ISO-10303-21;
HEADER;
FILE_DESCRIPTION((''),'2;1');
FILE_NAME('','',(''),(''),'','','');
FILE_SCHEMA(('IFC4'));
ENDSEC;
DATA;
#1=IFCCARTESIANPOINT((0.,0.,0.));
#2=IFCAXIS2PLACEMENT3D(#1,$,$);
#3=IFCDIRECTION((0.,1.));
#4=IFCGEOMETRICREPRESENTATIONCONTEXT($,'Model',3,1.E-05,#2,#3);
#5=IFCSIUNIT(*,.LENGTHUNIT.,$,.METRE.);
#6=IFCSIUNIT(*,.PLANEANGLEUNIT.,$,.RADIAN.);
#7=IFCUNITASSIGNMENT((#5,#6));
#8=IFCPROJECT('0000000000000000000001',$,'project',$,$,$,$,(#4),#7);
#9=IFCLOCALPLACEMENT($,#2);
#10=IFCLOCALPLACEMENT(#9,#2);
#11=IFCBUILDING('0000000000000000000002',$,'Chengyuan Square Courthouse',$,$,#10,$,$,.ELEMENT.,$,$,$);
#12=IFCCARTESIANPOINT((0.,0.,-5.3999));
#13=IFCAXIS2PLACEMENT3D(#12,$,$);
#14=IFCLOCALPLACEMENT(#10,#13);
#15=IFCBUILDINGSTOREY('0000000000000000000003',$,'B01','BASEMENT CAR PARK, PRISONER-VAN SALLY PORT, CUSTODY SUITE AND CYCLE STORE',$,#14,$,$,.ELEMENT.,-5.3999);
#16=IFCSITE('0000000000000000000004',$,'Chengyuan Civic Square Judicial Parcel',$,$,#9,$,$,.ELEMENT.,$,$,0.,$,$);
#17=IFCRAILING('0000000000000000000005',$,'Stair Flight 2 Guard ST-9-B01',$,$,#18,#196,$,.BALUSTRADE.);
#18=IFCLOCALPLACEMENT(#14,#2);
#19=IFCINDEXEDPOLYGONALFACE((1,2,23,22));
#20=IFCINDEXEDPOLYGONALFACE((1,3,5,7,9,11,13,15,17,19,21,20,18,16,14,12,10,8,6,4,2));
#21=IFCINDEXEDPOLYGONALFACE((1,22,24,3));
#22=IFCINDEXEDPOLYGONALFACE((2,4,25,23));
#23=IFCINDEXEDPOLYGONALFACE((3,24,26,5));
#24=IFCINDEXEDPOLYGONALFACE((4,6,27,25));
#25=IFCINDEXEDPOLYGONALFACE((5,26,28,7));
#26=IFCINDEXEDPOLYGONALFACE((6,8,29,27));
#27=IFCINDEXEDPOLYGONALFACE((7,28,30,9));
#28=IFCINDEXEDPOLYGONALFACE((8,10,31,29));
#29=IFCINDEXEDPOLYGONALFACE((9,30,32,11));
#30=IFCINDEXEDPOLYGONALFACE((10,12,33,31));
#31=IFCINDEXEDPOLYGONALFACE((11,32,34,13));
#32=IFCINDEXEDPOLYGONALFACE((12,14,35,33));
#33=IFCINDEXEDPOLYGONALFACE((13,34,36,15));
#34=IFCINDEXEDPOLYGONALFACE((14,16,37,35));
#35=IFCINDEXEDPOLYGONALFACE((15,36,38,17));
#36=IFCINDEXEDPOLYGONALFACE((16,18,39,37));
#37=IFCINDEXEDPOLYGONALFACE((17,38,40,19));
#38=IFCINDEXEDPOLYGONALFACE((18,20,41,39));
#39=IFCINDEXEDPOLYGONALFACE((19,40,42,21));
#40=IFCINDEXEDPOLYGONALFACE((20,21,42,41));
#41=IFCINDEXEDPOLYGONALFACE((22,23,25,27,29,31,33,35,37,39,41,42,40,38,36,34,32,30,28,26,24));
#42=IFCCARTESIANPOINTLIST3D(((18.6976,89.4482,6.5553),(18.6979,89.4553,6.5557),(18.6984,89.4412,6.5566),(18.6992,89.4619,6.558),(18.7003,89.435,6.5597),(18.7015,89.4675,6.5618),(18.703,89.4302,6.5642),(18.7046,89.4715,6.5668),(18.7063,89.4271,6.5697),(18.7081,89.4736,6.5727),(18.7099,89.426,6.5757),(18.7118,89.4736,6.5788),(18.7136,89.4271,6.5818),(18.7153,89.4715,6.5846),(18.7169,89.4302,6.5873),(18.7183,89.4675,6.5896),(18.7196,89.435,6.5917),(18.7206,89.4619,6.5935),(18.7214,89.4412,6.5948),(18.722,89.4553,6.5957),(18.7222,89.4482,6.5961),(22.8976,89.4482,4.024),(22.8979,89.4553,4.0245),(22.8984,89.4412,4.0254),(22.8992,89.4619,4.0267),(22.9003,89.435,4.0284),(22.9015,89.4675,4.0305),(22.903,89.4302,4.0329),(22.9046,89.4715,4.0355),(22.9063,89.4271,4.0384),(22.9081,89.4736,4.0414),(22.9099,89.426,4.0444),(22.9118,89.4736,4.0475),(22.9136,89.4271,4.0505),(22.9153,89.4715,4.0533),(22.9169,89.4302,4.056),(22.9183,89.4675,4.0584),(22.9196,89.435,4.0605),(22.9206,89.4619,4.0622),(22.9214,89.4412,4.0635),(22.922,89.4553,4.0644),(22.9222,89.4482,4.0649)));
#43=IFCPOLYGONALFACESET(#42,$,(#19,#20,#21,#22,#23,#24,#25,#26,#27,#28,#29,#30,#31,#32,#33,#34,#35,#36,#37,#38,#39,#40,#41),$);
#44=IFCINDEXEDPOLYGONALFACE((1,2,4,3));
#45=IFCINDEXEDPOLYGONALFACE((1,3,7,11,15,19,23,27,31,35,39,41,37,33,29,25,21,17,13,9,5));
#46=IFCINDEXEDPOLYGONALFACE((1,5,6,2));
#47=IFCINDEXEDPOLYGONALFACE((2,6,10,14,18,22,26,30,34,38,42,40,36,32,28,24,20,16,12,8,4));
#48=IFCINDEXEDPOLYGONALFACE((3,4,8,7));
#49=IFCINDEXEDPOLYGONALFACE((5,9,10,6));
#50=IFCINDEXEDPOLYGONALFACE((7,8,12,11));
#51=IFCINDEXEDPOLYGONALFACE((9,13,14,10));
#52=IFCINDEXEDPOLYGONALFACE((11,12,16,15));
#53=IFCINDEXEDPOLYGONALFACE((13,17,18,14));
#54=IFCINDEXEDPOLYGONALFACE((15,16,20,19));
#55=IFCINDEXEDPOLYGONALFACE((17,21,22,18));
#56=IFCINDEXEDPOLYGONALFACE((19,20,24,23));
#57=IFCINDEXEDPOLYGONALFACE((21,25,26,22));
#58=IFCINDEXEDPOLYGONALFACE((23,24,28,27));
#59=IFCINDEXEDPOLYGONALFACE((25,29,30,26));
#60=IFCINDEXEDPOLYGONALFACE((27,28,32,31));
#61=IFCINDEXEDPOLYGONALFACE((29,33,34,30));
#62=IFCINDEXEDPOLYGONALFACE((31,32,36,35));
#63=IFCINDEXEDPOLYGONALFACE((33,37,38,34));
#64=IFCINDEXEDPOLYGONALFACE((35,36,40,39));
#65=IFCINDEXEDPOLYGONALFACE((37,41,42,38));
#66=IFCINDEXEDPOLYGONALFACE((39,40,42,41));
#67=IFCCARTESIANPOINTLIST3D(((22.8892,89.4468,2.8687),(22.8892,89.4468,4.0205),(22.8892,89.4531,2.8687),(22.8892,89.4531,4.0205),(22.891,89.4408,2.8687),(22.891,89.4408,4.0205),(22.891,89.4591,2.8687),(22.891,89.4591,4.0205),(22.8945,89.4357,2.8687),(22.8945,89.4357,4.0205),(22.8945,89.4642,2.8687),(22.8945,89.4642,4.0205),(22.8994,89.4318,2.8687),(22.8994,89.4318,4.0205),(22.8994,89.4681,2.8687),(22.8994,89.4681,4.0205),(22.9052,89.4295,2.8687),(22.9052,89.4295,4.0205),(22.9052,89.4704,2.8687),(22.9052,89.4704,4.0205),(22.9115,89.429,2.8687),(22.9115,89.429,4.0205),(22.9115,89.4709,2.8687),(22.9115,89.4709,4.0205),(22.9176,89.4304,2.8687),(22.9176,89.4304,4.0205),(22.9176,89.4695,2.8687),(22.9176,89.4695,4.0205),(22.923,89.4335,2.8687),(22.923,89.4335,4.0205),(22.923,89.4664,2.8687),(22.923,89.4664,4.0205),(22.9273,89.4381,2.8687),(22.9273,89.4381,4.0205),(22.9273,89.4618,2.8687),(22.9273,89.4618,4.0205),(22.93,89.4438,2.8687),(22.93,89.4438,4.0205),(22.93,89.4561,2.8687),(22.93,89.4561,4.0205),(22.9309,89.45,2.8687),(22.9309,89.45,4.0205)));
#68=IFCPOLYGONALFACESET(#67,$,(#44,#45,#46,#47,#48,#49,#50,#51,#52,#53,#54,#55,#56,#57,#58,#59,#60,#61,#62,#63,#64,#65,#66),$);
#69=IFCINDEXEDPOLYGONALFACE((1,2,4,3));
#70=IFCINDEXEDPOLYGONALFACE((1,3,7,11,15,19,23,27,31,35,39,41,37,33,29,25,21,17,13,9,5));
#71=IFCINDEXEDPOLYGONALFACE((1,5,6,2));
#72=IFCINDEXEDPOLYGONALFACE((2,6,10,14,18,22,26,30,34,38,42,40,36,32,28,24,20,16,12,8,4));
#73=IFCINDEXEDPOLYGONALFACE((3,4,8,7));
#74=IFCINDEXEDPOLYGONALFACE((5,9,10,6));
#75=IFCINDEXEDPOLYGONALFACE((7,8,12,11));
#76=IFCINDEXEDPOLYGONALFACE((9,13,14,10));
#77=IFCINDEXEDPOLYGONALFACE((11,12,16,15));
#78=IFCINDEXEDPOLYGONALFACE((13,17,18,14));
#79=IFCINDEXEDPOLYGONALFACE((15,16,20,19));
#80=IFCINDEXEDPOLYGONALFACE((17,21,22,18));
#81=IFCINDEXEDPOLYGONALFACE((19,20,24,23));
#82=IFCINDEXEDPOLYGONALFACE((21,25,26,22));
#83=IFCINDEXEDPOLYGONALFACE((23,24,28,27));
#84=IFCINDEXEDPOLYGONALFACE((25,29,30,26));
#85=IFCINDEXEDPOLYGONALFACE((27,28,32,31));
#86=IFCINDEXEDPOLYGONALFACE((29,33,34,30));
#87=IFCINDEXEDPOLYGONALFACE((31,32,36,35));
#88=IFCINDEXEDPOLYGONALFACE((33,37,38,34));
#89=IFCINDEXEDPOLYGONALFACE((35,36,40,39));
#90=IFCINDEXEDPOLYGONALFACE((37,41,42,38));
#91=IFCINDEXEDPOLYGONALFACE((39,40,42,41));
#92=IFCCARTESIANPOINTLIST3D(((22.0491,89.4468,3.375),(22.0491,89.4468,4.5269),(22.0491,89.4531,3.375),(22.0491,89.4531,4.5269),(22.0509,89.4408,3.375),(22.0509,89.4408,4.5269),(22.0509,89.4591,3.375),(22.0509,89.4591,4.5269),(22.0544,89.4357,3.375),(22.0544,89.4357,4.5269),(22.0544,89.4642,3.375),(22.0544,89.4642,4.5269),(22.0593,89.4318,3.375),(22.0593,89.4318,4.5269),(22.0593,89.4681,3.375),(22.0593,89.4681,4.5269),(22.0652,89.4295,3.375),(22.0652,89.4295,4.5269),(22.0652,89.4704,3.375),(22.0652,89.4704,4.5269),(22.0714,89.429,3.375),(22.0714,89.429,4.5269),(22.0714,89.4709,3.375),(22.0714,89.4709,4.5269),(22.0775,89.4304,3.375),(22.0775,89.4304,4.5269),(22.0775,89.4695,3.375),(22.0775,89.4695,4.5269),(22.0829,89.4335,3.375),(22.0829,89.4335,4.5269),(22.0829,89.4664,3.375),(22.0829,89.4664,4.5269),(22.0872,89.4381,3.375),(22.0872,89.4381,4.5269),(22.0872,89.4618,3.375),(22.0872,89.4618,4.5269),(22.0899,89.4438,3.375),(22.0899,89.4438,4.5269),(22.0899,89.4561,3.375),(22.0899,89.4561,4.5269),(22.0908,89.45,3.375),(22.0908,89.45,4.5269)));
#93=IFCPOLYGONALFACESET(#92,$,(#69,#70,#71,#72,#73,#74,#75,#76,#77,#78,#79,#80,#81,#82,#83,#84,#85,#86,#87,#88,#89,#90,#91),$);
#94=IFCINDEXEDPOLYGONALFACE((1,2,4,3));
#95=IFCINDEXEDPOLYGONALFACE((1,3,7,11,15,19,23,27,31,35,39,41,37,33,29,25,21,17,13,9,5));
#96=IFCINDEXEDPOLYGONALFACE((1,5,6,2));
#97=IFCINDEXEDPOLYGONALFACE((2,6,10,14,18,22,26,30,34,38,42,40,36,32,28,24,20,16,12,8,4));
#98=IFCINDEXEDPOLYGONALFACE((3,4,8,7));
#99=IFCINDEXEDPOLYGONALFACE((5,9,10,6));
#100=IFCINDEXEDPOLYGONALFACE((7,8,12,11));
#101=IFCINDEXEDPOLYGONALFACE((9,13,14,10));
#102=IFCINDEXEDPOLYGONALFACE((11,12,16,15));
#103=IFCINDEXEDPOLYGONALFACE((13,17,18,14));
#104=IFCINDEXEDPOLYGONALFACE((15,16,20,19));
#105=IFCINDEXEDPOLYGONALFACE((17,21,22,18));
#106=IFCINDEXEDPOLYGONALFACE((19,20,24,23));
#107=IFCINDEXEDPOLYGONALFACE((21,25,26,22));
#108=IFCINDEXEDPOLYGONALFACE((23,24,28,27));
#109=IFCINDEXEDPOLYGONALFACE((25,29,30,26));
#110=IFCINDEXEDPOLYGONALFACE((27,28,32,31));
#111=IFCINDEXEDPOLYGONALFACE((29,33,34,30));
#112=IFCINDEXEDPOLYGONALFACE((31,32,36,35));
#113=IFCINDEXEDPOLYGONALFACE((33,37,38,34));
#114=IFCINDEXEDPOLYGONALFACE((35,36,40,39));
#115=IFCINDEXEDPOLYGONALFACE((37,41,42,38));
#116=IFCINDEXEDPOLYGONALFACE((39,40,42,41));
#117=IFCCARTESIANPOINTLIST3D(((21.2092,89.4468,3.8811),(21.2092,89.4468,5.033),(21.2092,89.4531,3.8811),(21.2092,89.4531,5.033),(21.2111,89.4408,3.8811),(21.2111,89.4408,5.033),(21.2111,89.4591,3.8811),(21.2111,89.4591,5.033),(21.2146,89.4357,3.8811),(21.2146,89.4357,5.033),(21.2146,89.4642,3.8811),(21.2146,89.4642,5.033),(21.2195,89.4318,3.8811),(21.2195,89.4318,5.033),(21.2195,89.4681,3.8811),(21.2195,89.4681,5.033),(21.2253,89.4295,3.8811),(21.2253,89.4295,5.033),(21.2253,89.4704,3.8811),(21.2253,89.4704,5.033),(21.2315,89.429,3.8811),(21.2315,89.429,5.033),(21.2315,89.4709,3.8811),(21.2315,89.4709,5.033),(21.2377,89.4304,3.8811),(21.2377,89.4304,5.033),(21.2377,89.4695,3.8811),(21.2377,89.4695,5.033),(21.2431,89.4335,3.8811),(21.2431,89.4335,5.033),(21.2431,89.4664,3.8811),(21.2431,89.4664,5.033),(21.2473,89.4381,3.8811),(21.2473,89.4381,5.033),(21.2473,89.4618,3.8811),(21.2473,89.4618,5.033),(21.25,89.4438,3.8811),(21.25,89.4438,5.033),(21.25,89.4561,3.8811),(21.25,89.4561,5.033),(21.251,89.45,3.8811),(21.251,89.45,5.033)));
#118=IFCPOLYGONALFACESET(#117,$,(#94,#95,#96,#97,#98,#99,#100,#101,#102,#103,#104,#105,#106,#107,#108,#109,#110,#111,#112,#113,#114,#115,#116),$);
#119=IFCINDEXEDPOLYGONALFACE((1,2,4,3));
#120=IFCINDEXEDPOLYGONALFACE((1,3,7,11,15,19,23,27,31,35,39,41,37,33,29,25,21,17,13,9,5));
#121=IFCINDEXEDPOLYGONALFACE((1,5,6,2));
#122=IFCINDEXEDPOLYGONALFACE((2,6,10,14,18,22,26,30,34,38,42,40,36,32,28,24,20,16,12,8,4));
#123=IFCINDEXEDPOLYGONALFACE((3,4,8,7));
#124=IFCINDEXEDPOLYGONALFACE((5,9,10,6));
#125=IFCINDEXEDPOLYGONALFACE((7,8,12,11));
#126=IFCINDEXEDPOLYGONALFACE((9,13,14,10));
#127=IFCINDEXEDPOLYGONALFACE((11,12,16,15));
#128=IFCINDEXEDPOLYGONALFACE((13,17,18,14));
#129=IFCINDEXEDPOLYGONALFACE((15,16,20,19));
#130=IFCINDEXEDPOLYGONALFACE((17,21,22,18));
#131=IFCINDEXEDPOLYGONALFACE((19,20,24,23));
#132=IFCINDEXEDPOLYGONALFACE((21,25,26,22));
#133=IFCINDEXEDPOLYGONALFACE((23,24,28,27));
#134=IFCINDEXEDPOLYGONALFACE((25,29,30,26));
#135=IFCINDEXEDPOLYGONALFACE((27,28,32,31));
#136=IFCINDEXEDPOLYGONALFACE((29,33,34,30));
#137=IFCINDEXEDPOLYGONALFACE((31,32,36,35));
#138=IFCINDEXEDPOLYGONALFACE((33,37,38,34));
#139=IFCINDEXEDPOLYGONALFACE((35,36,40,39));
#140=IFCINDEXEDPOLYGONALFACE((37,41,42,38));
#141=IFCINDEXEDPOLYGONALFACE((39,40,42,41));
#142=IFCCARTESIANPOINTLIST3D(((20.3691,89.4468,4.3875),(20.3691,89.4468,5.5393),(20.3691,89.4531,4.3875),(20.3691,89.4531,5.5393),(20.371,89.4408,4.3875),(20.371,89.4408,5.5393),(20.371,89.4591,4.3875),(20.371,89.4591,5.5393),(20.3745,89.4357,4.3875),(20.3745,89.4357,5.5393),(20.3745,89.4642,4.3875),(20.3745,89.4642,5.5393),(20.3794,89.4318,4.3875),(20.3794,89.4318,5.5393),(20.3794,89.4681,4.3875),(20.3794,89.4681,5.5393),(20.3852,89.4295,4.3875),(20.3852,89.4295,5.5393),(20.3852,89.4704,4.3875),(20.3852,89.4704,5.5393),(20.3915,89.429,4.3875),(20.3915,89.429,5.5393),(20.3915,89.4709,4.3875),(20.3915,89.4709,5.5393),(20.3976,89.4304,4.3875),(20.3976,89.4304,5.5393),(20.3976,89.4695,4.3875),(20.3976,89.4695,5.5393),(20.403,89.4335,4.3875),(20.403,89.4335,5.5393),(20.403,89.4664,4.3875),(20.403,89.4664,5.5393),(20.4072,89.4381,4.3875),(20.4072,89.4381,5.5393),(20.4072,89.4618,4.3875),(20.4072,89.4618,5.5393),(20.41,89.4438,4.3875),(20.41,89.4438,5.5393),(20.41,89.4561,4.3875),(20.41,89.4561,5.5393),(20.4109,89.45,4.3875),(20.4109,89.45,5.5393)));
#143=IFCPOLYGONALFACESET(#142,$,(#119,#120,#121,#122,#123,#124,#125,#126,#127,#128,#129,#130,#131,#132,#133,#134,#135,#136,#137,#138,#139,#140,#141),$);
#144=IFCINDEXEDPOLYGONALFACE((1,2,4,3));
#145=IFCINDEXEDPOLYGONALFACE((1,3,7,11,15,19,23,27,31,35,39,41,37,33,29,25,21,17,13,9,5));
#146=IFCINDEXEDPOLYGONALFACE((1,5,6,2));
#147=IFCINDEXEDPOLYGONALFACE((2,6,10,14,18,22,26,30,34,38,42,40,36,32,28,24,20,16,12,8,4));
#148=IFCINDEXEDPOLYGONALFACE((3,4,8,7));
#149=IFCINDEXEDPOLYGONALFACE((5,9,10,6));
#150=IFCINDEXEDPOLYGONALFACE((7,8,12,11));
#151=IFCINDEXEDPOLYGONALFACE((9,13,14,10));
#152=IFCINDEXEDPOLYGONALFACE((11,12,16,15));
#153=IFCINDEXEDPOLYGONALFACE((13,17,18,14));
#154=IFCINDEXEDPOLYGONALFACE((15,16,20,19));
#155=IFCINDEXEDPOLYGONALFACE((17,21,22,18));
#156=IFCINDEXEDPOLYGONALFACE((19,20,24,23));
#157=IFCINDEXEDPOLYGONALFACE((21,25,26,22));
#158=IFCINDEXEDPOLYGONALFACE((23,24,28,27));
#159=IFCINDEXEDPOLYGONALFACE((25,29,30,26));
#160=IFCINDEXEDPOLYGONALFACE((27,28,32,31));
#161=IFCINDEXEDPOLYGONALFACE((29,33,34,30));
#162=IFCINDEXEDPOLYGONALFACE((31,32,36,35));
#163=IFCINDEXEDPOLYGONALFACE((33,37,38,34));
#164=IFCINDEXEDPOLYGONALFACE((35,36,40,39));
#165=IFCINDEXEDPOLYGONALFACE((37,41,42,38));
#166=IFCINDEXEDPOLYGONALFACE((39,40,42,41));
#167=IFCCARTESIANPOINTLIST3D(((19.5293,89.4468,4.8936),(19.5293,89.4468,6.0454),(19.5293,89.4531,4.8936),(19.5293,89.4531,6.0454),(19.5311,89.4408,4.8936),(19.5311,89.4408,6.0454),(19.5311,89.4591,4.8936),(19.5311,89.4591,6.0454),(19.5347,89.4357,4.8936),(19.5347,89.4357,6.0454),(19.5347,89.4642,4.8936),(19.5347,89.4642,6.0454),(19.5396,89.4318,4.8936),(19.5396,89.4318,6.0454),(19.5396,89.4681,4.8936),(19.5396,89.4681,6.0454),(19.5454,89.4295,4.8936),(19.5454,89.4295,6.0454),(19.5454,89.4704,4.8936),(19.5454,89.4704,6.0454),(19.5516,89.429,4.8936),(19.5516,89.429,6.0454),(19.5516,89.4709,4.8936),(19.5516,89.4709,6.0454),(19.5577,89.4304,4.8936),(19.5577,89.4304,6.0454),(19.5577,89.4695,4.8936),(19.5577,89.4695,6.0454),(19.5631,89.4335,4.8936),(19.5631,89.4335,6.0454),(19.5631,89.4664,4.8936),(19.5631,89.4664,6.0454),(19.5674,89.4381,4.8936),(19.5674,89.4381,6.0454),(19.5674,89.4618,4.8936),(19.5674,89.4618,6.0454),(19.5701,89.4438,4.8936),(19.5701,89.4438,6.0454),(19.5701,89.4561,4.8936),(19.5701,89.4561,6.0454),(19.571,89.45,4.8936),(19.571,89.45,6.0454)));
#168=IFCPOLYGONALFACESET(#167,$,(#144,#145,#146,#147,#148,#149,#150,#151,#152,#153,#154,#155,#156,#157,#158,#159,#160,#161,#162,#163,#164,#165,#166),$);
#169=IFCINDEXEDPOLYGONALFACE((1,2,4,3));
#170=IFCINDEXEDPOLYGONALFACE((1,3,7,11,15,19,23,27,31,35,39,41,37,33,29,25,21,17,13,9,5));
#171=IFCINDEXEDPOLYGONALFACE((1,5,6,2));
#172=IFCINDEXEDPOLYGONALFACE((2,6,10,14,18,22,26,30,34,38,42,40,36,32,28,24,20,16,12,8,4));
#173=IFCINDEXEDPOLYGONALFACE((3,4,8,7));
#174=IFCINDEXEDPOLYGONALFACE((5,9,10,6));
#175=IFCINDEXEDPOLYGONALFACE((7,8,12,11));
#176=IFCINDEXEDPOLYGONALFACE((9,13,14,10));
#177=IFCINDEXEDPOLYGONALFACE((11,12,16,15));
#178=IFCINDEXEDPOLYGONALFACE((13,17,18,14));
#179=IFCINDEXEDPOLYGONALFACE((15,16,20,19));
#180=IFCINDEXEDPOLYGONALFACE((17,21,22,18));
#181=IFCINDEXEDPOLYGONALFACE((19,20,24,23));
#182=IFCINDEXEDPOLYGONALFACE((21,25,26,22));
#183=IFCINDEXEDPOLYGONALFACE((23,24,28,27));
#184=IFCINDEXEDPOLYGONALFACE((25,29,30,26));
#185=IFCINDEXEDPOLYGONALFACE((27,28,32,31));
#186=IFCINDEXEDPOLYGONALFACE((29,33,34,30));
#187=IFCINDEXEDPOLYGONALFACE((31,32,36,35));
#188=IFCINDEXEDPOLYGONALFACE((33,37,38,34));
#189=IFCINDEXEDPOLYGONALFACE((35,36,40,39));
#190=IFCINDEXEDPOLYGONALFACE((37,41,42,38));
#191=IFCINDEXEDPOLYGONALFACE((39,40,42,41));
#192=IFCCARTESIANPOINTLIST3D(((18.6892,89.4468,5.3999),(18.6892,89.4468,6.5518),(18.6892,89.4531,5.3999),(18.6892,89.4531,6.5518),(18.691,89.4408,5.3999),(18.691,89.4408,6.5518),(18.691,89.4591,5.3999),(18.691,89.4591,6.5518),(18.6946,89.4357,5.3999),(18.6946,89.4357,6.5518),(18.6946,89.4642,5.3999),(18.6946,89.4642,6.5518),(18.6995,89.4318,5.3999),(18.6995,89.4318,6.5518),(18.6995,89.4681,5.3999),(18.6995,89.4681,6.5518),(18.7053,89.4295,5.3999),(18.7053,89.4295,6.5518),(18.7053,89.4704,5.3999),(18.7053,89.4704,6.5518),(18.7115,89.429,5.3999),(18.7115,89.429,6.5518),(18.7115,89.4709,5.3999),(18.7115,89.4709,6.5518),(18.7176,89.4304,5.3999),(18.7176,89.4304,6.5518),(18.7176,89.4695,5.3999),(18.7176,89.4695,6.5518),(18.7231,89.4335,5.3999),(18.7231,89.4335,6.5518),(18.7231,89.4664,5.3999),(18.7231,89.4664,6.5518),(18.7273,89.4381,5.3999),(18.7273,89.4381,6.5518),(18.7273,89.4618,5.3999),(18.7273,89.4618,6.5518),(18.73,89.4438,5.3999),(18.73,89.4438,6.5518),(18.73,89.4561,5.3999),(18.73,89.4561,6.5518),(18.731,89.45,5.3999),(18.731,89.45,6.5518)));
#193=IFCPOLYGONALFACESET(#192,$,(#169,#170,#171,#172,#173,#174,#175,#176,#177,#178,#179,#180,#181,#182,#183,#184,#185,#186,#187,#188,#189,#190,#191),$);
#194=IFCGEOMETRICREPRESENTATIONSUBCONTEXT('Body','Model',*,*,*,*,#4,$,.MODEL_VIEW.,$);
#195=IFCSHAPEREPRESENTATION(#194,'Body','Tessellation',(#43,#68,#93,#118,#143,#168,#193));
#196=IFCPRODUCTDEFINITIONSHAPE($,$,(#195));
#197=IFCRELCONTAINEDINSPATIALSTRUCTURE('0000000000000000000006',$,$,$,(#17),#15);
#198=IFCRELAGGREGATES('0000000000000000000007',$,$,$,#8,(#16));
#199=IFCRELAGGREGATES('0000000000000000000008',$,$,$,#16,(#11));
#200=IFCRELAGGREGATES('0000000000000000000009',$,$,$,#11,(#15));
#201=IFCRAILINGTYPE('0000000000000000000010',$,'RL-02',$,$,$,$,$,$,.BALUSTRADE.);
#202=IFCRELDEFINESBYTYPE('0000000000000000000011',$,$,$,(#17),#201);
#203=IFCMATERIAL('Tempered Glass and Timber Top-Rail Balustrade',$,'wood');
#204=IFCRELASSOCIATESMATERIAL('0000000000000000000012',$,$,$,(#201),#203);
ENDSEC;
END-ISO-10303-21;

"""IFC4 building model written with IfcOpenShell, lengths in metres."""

from ifc_helpers import new_model, si_unit, direction, frame, origin, origin_2d, place, context, subcontext, project, spatial, circle, extrude, material, type_object, element, save


model = new_model("IFC4")

# Units and contexts
model_context = context("Model", 3, precision=1e-05, world=origin(), true_north=direction((0.0, 1.0)))
body_context = subcontext(model_context, "Body", "Model", "MODEL_VIEW")
ifc_project = project(units=[si_unit("LENGTHUNIT", "METRE"), si_unit("PLANEANGLEUNIT", "RADIAN")], contexts=[model_context])

# Site, building, storey
site_placement = place(None, origin())
site = spatial("IfcSite", under=ifc_project, at=site_placement, Name="Chengyuan Civic Square Judicial Parcel", CompositionType="ELEMENT", RefElevation=0.0)
building_placement = place(site_placement, origin())
building = spatial("IfcBuilding", under=site, at=building_placement, Name="Chengyuan Square Courthouse", CompositionType="ELEMENT")
storey_placement = place(building_placement, frame((0.0, 0.0, -5.3999)))
storey = spatial("IfcBuildingStorey", under=building, at=storey_placement, Name="B01", Description="BASEMENT CAR PARK, PRISONER-VAN SALLY PORT, CUSTODY SUITE AND CYCLE STORE", CompositionType="ELEMENT", Elevation=-5.3999)

# Railing
ifc_material_1 = material(Name="Tempered Glass and Timber Top-Rail Balustrade", Category="wood")
railing_type_1 = type_object("IfcRailingType", Name="RL-02", PredefinedType="BALUSTRADE", material=ifc_material_1)
railing_1_placement = place(storey_placement, frame((22.9099, 89.45, 2.8687)))
element("IfcRailing", 1, at=railing_1_placement, inside=storey, type_object=railing_type_1, Name="Stair Flight 2 Guard ST-9-B01", PredefinedType="BALUSTRADE", context=body_context, shape_type="SweptSolid", body=[
    extrude(circle(Radius=0.0239, at=origin_2d()), frame((0.0, 0.0, 1.1758), z_axis=(-0.856476, 0.0, 0.516186), x_axis=(0.0, -1.0, 0.0)), (0.0, 0.0, 1.0), 4.9038),
    extrude(circle(Radius=0.021, at=origin_2d()), origin(), (0.0, 0.0, 1.0), 1.1519),
    extrude(circle(Radius=0.021, at=origin_2d()), frame((-0.8401, 0.0, 0.5063)), (0.0, 0.0, 1.0), 1.1519),
    extrude(circle(Radius=0.021, at=origin_2d()), frame((-1.6799, 0.0, 1.0125)), (0.0, 0.0, 1.0), 1.1519),
    extrude(circle(Radius=0.021, at=origin_2d()), frame((-2.52, 0.0, 1.5188)), (0.0, 0.0, 1.0), 1.1519),
    extrude(circle(Radius=0.021, at=origin_2d()), frame((-3.3599, 0.0, 2.0249)), (0.0, 0.0, 1.0), 1.1519),
    extrude(circle(Radius=0.021, at=origin_2d()), frame((-4.2, 0.0, 2.5312)), (0.0, 0.0, 1.0), 1.1519),
])

save(model, "model.ifc")
